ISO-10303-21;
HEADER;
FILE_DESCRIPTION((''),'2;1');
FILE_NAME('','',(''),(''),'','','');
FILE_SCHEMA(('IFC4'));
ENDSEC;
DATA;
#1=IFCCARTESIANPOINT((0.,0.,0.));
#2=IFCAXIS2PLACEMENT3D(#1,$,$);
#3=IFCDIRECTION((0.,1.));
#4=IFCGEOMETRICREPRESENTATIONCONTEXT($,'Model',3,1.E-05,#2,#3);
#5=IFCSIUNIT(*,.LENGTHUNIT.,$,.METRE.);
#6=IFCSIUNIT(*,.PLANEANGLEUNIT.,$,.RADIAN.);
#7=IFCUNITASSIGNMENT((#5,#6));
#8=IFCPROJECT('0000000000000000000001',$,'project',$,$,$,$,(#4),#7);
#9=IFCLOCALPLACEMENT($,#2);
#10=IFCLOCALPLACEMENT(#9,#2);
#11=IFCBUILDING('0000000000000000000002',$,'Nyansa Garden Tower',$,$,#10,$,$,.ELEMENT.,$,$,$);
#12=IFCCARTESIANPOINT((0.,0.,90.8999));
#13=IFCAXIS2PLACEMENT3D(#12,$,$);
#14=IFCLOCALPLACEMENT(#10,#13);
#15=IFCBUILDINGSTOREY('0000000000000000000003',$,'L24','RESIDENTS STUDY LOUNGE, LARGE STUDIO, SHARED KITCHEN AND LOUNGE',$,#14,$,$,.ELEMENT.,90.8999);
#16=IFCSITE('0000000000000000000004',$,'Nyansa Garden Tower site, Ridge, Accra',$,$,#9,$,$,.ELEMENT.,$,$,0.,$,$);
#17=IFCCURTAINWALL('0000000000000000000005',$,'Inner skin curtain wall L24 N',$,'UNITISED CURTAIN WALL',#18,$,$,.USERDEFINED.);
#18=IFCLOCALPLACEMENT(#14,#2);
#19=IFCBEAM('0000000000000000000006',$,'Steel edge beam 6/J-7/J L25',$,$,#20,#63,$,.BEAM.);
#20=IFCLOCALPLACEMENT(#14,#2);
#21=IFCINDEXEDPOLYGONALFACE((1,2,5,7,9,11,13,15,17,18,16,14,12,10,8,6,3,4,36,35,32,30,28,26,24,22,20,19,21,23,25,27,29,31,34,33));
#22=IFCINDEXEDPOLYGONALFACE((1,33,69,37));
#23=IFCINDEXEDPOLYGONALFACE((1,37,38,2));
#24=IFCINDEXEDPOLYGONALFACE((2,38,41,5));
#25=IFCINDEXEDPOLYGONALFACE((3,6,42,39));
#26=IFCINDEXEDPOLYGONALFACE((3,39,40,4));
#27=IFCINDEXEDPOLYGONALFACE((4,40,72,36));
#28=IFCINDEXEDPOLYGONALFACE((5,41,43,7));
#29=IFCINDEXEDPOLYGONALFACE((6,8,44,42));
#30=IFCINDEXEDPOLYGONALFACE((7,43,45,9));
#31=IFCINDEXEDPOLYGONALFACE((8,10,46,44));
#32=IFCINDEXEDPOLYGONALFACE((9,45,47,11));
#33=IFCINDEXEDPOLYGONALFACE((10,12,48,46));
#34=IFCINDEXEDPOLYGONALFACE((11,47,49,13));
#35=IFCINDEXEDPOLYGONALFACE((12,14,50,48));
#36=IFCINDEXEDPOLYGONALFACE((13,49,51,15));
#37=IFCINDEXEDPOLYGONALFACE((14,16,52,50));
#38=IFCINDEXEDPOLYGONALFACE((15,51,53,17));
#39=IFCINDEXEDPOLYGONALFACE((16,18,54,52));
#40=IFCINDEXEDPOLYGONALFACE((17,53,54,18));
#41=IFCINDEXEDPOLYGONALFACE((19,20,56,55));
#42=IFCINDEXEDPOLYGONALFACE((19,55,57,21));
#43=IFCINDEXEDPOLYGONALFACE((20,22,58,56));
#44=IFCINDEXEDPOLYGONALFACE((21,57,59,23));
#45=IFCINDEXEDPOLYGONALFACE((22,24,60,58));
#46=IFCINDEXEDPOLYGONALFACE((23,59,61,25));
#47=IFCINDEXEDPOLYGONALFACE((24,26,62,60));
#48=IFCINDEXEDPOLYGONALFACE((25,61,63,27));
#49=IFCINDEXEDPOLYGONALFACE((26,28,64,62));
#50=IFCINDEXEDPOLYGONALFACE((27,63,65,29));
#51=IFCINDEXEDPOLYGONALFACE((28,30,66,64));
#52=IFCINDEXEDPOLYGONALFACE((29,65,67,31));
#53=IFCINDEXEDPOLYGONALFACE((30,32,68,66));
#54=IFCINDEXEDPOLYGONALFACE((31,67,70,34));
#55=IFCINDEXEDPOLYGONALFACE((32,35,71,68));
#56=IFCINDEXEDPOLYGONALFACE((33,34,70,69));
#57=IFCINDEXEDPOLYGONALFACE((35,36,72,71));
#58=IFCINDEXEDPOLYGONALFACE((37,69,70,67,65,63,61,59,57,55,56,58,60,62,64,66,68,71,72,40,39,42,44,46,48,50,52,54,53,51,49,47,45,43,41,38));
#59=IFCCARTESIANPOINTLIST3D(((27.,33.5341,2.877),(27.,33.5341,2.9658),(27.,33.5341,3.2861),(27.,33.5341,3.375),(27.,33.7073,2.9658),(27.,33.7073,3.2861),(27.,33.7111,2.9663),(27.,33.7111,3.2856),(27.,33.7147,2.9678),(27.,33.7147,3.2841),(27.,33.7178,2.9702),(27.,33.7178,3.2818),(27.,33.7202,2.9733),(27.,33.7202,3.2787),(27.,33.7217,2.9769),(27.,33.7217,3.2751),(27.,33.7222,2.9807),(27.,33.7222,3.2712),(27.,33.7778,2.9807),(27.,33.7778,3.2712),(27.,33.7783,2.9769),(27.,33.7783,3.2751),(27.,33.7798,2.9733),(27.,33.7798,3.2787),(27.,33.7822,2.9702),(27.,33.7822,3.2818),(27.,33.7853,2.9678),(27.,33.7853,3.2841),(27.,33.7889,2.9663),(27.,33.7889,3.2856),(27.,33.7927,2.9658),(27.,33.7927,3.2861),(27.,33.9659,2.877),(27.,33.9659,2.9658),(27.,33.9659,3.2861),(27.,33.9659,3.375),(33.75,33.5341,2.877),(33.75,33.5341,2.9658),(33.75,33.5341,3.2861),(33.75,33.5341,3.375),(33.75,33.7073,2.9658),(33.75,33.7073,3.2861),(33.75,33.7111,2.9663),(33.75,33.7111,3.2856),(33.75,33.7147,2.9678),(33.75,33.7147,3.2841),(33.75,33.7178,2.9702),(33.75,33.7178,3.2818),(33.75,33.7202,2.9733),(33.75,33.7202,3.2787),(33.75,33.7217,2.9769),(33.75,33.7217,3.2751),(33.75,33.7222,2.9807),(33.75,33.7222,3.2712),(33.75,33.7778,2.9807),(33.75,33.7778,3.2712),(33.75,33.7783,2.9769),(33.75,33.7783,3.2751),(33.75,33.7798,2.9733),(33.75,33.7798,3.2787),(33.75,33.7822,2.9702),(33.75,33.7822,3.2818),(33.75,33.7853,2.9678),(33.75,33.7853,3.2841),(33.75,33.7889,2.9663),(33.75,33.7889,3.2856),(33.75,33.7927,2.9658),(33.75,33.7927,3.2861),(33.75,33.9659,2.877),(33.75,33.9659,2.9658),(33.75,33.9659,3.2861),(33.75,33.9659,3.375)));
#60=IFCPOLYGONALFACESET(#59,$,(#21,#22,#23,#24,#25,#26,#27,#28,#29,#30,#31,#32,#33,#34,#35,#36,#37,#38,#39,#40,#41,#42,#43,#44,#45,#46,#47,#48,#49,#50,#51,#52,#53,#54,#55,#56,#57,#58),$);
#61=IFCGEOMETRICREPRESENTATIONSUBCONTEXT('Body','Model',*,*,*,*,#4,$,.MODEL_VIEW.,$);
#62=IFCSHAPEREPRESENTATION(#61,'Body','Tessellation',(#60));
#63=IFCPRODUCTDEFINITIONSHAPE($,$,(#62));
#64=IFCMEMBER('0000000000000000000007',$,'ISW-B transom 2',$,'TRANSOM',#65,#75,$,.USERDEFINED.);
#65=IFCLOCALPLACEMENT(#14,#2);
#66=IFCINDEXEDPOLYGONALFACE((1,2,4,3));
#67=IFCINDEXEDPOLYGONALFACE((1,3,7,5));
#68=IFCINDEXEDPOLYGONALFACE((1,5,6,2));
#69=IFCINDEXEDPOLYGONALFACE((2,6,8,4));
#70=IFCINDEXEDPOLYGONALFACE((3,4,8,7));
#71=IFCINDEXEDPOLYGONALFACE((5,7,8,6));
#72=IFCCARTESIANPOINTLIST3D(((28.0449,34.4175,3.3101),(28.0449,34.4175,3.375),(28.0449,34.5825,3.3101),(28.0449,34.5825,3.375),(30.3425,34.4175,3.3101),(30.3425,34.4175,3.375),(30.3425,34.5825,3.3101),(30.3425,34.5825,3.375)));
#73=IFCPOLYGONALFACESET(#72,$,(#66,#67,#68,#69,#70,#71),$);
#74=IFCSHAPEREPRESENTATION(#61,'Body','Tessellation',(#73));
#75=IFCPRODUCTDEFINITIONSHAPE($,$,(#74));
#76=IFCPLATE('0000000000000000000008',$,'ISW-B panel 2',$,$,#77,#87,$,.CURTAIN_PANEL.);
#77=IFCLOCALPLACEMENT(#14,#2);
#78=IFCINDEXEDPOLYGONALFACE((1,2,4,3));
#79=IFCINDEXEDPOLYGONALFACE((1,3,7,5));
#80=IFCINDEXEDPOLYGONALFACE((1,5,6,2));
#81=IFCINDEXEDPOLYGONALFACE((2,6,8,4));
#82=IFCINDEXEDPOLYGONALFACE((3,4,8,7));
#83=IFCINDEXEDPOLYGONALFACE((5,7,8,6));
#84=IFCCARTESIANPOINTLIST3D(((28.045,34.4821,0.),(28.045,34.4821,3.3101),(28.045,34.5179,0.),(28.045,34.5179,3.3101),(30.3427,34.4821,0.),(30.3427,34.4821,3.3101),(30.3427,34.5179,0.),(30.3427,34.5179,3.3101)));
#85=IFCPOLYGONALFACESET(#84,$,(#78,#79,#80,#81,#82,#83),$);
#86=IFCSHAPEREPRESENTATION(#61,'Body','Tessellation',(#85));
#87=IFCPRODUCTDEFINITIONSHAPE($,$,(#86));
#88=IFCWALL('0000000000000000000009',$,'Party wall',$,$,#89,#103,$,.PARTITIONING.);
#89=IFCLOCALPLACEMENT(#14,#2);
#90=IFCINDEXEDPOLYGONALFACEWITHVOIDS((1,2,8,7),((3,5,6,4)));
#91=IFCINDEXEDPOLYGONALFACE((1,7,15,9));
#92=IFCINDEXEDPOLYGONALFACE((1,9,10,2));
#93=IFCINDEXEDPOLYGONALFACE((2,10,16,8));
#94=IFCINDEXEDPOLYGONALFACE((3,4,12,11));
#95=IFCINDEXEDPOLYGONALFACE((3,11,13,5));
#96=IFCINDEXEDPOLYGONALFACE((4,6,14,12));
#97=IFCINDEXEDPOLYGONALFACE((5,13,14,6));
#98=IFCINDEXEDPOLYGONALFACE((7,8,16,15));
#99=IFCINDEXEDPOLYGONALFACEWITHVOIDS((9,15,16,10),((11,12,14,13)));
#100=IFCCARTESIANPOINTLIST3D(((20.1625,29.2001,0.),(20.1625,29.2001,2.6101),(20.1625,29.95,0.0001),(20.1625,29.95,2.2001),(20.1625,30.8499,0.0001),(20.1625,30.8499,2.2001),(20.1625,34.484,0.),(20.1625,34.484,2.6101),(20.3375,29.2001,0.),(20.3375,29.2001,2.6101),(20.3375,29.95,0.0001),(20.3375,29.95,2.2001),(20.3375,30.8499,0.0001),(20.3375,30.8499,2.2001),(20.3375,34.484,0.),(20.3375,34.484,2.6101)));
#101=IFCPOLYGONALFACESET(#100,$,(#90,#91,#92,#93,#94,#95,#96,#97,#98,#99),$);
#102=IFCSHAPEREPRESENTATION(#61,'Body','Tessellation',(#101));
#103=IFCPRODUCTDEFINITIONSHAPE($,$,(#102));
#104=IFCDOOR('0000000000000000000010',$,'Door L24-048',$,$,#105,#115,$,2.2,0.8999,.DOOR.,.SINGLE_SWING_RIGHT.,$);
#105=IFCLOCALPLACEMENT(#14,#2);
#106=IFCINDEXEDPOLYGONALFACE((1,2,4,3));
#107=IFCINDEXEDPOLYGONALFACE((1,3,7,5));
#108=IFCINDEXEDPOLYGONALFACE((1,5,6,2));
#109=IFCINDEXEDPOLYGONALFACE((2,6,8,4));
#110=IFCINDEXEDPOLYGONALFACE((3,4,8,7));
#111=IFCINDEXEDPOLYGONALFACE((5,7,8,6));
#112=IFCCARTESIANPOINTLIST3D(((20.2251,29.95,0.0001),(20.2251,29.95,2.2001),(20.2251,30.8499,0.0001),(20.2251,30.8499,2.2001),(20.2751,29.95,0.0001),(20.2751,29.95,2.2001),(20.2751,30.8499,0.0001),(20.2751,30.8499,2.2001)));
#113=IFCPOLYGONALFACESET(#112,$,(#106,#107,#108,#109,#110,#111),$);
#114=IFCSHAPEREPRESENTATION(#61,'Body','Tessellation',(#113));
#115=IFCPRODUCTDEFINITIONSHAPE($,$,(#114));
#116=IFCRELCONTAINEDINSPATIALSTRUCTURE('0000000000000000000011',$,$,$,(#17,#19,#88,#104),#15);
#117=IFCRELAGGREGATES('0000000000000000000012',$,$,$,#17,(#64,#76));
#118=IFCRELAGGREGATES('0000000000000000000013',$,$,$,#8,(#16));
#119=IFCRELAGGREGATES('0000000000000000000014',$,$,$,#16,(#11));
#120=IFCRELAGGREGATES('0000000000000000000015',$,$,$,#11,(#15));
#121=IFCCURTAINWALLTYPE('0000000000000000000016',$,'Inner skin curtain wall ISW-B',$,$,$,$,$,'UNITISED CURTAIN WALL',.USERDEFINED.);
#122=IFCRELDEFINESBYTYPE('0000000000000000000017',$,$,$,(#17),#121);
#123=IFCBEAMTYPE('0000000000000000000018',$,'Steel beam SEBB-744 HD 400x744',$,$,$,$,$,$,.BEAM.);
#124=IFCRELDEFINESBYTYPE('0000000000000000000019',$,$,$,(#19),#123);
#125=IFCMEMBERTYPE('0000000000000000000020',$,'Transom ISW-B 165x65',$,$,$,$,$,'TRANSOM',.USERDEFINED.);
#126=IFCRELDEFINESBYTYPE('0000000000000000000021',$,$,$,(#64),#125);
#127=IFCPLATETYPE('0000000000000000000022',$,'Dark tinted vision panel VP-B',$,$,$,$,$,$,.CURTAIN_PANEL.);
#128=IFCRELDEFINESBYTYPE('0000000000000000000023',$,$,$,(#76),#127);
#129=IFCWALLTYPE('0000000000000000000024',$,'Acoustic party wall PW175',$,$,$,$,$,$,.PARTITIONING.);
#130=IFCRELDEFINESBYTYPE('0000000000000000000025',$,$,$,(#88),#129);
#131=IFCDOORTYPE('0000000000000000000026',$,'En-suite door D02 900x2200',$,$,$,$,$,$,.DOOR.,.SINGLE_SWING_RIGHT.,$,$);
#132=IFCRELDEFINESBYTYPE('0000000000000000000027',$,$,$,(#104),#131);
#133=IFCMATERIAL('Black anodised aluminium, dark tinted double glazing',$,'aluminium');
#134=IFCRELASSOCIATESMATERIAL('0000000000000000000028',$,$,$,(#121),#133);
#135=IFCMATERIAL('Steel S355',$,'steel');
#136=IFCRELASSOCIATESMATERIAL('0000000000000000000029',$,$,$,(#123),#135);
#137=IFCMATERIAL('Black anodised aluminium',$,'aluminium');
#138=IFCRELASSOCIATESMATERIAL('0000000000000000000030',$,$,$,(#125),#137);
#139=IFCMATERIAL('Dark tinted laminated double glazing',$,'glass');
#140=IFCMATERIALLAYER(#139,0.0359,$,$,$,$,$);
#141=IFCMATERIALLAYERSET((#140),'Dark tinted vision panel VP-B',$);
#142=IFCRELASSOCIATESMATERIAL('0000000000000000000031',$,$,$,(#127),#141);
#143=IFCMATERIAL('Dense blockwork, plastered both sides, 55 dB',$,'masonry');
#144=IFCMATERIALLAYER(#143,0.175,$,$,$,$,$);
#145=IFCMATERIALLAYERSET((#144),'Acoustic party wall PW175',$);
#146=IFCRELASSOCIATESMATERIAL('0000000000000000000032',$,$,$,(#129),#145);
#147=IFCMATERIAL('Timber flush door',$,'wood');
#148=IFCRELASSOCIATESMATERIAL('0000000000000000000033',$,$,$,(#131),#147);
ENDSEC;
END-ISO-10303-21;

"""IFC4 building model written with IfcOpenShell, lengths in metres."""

from ifc_helpers import new_model, si_unit, direction, frame, frame_2d, origin, origin_2d, place, context, subcontext, project, spatial, rectangle, i_section, extrude, material, layer, layer_set, material_profile, profile_set, type_object, element, fill, aggregate, save


model = new_model("IFC4")

# Units and contexts
model_context = context("Model", 3, precision=1e-05, world=origin(), true_north=direction((0.0, 1.0)))
body_context = subcontext(model_context, "Body", "Model", "MODEL_VIEW")
ifc_project = project(units=[si_unit("LENGTHUNIT", "METRE"), si_unit("PLANEANGLEUNIT", "RADIAN")], contexts=[model_context])

# Site, building, storey
site_placement = place(None, origin())
site = spatial("IfcSite", under=ifc_project, at=site_placement, Name="Nyansa Garden Tower site, Ridge, Accra", CompositionType="ELEMENT", RefElevation=0.0)
building_placement = place(site_placement, origin())
building = spatial("IfcBuilding", under=site, at=building_placement, Name="Nyansa Garden Tower", CompositionType="ELEMENT")
storey_placement = place(building_placement, frame((0.0, 0.0, 90.8999)))
storey = spatial("IfcBuildingStorey", under=building, at=storey_placement, Name="L24", Description="RESIDENTS STUDY LOUNGE, LARGE STUDIO, SHARED KITCHEN AND LOUNGE", CompositionType="ELEMENT", Elevation=90.8999)

# Curtain wall
ifc_material_1 = material(Name="Black anodised aluminium, dark tinted double glazing", Category="aluminium")
curtain_wall_type = type_object("IfcCurtainWallType", Name="Inner skin curtain wall ISW-B", ElementType="UNITISED CURTAIN WALL", PredefinedType="USERDEFINED", material=ifc_material_1)
curtain_wall_placement = place(storey_placement, origin())
curtain_wall = element("IfcCurtainWall", 1, at=curtain_wall_placement, inside=storey, type_object=curtain_wall_type, Name="Inner skin curtain wall L24 N", ObjectType="UNITISED CURTAIN WALL", PredefinedType="USERDEFINED")

# Beam
ifc_material_2 = material(Name="Steel S355", Category="steel")
ifc_material_profile_1 = material_profile(ifc_material_2, i_section(OverallWidth=0.4319, OverallDepth=0.498, WebThickness=0.0557, FlangeThickness=0.0889, FilletRadius=0.0149, at=origin_2d()), Name="HD 400x744")
ifc_profile_set_1 = profile_set([ifc_material_profile_1], Name="Steel S355")
beam_type_1 = type_object("IfcBeamType", Name="Steel beam SEBB-744 HD 400x744", PredefinedType="BEAM", material=ifc_profile_set_1)
for number, where, z_axis, x_axis, name in (
    (2, (27.0, 33.75, 3.126), (1.0, 0.0, 0.0), (0.0, 1.0, 0.0), "Steel edge beam 6/J-7/J L25"),
):
    element("IfcBeam", number, at=place(storey_placement, frame(where, z_axis=z_axis, x_axis=x_axis)), inside=storey, type_object=beam_type_1, Name=name, PredefinedType="BEAM", context=body_context, shape_type="SweptSolid", body=[
        extrude(i_section(OverallWidth=0.4319, OverallDepth=0.498, WebThickness=0.0557, FlangeThickness=0.0889, FilletRadius=0.0149, at=origin_2d()), origin(), (0.0, 0.0, 1.0), 6.75),
    ])

# Member
ifc_material_3 = material(Name="Black anodised aluminium", Category="aluminium")
ifc_material_profile_2 = material_profile(ifc_material_3, rectangle(XDim=0.165, YDim=0.0649, at=origin_2d()), Name="Transom 165x65")
ifc_profile_set_2 = profile_set([ifc_material_profile_2], Name="Black anodised aluminium")
member_type_1 = type_object("IfcMemberType", Name="Transom ISW-B 165x65", ElementType="TRANSOM", PredefinedType="USERDEFINED", material=ifc_profile_set_2)
member_1_placement = place(storey_placement, frame((30.3425, 34.5, 3.3425), z_axis=(-1.0, 0.0, 0.0), x_axis=(0.0, -1.0, 0.0)))
member_1 = element("IfcMember", 3, at=member_1_placement, type_object=member_type_1, Name="ISW-B transom 2", ObjectType="TRANSOM", PredefinedType="USERDEFINED", context=body_context, shape_type="SweptSolid", body=[
    extrude(rectangle(XDim=0.165, YDim=0.0649, at=origin_2d()), origin(), (0.0, 0.0, 1.0), 2.2976),
])

# Plate
ifc_material_4 = material(Name="Dark tinted laminated double glazing", Category="glass")
ifc_layer_1 = layer(ifc_material_4, 0.0359)
ifc_layer_set_1 = layer_set([ifc_layer_1], Name="Dark tinted vision panel VP-B")
plate_type = type_object("IfcPlateType", Name="Dark tinted vision panel VP-B", PredefinedType="CURTAIN_PANEL", material=ifc_layer_set_1)
plate_placement = place(storey_placement, frame((29.1938, 34.5, 0.0), z_axis=(0.0, 0.0, 1.0), x_axis=(-1.0, 0.0, 0.0)))
plate = element("IfcPlate", 4, at=plate_placement, type_object=plate_type, Name="ISW-B panel 2", PredefinedType="CURTAIN_PANEL", context=body_context, shape_type="SweptSolid", body=[
    extrude(rectangle(XDim=2.2976, YDim=0.0359, at=origin_2d()), origin(), (0.0, 0.0, 1.0), 3.3101),
])
aggregate(curtain_wall, [member_1, plate])

# Wall, opening, door
ifc_material_5 = material(Name="Dense blockwork, plastered both sides, 55 dB", Category="masonry")
ifc_layer_2 = layer(ifc_material_5, 0.175)
ifc_layer_set_2 = layer_set([ifc_layer_2], Name="Acoustic party wall PW175")
wall_type_1 = type_object("IfcWallType", Name="Acoustic party wall PW175", PredefinedType="PARTITIONING", material=ifc_layer_set_2)
wall_1_placement = place(storey_placement, frame((20.25, 29.2, 0.0), z_axis=(0.0, 0.0, 1.0), x_axis=(0.0, 1.0, 0.0)))
wall_1 = element("IfcWall", 5, at=wall_1_placement, inside=storey, type_object=wall_type_1, Name="Party wall", PredefinedType="PARTITIONING", context=body_context, shape_type="SweptSolid", body=[
    extrude(rectangle(XDim=5.2839, YDim=0.175, at=frame_2d((2.6421, 0.0))), origin(), (0.0, 0.0, 1.0), 2.6101),
])
opening_1_placement = place(wall_1_placement, frame((0.75, 0.0, 0.0)))
opening_1 = element("IfcOpeningElement", 6, at=opening_1_placement, cuts=wall_1, PredefinedType="OPENING", context=body_context, shape_type="SweptSolid", body=[
    extrude(rectangle(XDim=0.8999, YDim=2.2, at=frame_2d((0.45, 1.1001))), frame((0.0, 0.0974, 0.0), z_axis=(0.0, -1.0, 0.0), x_axis=(1.0, 0.0, 0.0)), (0.0, 0.0, 1.0), 0.1951),
])
ifc_material_6 = material(Name="Timber flush door", Category="wood")
door_type_1 = type_object("IfcDoorType", Name="En-suite door D02 900x2200", OperationType="SINGLE_SWING_RIGHT", PredefinedType="DOOR", material=ifc_material_6)
door_1_placement = place(opening_1_placement, origin())
door_1 = element("IfcDoor", 7, at=door_1_placement, inside=storey, type_object=door_type_1, Name="Door L24-048", OperationType="SINGLE_SWING_RIGHT", OverallHeight=2.2, OverallWidth=0.8999, PredefinedType="DOOR", context=body_context, shape_type="SweptSolid", body=[
    extrude(rectangle(XDim=0.8999, YDim=2.2, at=frame_2d((0.45, 1.1001))), frame((0.0, 0.0249, 0.0), z_axis=(0.0, -1.0, 0.0), x_axis=(1.0, 0.0, 0.0)), (0.0, 0.0, 1.0), 0.05),
])
fill(opening_1, door_1)

save(model, "model.ifc")
